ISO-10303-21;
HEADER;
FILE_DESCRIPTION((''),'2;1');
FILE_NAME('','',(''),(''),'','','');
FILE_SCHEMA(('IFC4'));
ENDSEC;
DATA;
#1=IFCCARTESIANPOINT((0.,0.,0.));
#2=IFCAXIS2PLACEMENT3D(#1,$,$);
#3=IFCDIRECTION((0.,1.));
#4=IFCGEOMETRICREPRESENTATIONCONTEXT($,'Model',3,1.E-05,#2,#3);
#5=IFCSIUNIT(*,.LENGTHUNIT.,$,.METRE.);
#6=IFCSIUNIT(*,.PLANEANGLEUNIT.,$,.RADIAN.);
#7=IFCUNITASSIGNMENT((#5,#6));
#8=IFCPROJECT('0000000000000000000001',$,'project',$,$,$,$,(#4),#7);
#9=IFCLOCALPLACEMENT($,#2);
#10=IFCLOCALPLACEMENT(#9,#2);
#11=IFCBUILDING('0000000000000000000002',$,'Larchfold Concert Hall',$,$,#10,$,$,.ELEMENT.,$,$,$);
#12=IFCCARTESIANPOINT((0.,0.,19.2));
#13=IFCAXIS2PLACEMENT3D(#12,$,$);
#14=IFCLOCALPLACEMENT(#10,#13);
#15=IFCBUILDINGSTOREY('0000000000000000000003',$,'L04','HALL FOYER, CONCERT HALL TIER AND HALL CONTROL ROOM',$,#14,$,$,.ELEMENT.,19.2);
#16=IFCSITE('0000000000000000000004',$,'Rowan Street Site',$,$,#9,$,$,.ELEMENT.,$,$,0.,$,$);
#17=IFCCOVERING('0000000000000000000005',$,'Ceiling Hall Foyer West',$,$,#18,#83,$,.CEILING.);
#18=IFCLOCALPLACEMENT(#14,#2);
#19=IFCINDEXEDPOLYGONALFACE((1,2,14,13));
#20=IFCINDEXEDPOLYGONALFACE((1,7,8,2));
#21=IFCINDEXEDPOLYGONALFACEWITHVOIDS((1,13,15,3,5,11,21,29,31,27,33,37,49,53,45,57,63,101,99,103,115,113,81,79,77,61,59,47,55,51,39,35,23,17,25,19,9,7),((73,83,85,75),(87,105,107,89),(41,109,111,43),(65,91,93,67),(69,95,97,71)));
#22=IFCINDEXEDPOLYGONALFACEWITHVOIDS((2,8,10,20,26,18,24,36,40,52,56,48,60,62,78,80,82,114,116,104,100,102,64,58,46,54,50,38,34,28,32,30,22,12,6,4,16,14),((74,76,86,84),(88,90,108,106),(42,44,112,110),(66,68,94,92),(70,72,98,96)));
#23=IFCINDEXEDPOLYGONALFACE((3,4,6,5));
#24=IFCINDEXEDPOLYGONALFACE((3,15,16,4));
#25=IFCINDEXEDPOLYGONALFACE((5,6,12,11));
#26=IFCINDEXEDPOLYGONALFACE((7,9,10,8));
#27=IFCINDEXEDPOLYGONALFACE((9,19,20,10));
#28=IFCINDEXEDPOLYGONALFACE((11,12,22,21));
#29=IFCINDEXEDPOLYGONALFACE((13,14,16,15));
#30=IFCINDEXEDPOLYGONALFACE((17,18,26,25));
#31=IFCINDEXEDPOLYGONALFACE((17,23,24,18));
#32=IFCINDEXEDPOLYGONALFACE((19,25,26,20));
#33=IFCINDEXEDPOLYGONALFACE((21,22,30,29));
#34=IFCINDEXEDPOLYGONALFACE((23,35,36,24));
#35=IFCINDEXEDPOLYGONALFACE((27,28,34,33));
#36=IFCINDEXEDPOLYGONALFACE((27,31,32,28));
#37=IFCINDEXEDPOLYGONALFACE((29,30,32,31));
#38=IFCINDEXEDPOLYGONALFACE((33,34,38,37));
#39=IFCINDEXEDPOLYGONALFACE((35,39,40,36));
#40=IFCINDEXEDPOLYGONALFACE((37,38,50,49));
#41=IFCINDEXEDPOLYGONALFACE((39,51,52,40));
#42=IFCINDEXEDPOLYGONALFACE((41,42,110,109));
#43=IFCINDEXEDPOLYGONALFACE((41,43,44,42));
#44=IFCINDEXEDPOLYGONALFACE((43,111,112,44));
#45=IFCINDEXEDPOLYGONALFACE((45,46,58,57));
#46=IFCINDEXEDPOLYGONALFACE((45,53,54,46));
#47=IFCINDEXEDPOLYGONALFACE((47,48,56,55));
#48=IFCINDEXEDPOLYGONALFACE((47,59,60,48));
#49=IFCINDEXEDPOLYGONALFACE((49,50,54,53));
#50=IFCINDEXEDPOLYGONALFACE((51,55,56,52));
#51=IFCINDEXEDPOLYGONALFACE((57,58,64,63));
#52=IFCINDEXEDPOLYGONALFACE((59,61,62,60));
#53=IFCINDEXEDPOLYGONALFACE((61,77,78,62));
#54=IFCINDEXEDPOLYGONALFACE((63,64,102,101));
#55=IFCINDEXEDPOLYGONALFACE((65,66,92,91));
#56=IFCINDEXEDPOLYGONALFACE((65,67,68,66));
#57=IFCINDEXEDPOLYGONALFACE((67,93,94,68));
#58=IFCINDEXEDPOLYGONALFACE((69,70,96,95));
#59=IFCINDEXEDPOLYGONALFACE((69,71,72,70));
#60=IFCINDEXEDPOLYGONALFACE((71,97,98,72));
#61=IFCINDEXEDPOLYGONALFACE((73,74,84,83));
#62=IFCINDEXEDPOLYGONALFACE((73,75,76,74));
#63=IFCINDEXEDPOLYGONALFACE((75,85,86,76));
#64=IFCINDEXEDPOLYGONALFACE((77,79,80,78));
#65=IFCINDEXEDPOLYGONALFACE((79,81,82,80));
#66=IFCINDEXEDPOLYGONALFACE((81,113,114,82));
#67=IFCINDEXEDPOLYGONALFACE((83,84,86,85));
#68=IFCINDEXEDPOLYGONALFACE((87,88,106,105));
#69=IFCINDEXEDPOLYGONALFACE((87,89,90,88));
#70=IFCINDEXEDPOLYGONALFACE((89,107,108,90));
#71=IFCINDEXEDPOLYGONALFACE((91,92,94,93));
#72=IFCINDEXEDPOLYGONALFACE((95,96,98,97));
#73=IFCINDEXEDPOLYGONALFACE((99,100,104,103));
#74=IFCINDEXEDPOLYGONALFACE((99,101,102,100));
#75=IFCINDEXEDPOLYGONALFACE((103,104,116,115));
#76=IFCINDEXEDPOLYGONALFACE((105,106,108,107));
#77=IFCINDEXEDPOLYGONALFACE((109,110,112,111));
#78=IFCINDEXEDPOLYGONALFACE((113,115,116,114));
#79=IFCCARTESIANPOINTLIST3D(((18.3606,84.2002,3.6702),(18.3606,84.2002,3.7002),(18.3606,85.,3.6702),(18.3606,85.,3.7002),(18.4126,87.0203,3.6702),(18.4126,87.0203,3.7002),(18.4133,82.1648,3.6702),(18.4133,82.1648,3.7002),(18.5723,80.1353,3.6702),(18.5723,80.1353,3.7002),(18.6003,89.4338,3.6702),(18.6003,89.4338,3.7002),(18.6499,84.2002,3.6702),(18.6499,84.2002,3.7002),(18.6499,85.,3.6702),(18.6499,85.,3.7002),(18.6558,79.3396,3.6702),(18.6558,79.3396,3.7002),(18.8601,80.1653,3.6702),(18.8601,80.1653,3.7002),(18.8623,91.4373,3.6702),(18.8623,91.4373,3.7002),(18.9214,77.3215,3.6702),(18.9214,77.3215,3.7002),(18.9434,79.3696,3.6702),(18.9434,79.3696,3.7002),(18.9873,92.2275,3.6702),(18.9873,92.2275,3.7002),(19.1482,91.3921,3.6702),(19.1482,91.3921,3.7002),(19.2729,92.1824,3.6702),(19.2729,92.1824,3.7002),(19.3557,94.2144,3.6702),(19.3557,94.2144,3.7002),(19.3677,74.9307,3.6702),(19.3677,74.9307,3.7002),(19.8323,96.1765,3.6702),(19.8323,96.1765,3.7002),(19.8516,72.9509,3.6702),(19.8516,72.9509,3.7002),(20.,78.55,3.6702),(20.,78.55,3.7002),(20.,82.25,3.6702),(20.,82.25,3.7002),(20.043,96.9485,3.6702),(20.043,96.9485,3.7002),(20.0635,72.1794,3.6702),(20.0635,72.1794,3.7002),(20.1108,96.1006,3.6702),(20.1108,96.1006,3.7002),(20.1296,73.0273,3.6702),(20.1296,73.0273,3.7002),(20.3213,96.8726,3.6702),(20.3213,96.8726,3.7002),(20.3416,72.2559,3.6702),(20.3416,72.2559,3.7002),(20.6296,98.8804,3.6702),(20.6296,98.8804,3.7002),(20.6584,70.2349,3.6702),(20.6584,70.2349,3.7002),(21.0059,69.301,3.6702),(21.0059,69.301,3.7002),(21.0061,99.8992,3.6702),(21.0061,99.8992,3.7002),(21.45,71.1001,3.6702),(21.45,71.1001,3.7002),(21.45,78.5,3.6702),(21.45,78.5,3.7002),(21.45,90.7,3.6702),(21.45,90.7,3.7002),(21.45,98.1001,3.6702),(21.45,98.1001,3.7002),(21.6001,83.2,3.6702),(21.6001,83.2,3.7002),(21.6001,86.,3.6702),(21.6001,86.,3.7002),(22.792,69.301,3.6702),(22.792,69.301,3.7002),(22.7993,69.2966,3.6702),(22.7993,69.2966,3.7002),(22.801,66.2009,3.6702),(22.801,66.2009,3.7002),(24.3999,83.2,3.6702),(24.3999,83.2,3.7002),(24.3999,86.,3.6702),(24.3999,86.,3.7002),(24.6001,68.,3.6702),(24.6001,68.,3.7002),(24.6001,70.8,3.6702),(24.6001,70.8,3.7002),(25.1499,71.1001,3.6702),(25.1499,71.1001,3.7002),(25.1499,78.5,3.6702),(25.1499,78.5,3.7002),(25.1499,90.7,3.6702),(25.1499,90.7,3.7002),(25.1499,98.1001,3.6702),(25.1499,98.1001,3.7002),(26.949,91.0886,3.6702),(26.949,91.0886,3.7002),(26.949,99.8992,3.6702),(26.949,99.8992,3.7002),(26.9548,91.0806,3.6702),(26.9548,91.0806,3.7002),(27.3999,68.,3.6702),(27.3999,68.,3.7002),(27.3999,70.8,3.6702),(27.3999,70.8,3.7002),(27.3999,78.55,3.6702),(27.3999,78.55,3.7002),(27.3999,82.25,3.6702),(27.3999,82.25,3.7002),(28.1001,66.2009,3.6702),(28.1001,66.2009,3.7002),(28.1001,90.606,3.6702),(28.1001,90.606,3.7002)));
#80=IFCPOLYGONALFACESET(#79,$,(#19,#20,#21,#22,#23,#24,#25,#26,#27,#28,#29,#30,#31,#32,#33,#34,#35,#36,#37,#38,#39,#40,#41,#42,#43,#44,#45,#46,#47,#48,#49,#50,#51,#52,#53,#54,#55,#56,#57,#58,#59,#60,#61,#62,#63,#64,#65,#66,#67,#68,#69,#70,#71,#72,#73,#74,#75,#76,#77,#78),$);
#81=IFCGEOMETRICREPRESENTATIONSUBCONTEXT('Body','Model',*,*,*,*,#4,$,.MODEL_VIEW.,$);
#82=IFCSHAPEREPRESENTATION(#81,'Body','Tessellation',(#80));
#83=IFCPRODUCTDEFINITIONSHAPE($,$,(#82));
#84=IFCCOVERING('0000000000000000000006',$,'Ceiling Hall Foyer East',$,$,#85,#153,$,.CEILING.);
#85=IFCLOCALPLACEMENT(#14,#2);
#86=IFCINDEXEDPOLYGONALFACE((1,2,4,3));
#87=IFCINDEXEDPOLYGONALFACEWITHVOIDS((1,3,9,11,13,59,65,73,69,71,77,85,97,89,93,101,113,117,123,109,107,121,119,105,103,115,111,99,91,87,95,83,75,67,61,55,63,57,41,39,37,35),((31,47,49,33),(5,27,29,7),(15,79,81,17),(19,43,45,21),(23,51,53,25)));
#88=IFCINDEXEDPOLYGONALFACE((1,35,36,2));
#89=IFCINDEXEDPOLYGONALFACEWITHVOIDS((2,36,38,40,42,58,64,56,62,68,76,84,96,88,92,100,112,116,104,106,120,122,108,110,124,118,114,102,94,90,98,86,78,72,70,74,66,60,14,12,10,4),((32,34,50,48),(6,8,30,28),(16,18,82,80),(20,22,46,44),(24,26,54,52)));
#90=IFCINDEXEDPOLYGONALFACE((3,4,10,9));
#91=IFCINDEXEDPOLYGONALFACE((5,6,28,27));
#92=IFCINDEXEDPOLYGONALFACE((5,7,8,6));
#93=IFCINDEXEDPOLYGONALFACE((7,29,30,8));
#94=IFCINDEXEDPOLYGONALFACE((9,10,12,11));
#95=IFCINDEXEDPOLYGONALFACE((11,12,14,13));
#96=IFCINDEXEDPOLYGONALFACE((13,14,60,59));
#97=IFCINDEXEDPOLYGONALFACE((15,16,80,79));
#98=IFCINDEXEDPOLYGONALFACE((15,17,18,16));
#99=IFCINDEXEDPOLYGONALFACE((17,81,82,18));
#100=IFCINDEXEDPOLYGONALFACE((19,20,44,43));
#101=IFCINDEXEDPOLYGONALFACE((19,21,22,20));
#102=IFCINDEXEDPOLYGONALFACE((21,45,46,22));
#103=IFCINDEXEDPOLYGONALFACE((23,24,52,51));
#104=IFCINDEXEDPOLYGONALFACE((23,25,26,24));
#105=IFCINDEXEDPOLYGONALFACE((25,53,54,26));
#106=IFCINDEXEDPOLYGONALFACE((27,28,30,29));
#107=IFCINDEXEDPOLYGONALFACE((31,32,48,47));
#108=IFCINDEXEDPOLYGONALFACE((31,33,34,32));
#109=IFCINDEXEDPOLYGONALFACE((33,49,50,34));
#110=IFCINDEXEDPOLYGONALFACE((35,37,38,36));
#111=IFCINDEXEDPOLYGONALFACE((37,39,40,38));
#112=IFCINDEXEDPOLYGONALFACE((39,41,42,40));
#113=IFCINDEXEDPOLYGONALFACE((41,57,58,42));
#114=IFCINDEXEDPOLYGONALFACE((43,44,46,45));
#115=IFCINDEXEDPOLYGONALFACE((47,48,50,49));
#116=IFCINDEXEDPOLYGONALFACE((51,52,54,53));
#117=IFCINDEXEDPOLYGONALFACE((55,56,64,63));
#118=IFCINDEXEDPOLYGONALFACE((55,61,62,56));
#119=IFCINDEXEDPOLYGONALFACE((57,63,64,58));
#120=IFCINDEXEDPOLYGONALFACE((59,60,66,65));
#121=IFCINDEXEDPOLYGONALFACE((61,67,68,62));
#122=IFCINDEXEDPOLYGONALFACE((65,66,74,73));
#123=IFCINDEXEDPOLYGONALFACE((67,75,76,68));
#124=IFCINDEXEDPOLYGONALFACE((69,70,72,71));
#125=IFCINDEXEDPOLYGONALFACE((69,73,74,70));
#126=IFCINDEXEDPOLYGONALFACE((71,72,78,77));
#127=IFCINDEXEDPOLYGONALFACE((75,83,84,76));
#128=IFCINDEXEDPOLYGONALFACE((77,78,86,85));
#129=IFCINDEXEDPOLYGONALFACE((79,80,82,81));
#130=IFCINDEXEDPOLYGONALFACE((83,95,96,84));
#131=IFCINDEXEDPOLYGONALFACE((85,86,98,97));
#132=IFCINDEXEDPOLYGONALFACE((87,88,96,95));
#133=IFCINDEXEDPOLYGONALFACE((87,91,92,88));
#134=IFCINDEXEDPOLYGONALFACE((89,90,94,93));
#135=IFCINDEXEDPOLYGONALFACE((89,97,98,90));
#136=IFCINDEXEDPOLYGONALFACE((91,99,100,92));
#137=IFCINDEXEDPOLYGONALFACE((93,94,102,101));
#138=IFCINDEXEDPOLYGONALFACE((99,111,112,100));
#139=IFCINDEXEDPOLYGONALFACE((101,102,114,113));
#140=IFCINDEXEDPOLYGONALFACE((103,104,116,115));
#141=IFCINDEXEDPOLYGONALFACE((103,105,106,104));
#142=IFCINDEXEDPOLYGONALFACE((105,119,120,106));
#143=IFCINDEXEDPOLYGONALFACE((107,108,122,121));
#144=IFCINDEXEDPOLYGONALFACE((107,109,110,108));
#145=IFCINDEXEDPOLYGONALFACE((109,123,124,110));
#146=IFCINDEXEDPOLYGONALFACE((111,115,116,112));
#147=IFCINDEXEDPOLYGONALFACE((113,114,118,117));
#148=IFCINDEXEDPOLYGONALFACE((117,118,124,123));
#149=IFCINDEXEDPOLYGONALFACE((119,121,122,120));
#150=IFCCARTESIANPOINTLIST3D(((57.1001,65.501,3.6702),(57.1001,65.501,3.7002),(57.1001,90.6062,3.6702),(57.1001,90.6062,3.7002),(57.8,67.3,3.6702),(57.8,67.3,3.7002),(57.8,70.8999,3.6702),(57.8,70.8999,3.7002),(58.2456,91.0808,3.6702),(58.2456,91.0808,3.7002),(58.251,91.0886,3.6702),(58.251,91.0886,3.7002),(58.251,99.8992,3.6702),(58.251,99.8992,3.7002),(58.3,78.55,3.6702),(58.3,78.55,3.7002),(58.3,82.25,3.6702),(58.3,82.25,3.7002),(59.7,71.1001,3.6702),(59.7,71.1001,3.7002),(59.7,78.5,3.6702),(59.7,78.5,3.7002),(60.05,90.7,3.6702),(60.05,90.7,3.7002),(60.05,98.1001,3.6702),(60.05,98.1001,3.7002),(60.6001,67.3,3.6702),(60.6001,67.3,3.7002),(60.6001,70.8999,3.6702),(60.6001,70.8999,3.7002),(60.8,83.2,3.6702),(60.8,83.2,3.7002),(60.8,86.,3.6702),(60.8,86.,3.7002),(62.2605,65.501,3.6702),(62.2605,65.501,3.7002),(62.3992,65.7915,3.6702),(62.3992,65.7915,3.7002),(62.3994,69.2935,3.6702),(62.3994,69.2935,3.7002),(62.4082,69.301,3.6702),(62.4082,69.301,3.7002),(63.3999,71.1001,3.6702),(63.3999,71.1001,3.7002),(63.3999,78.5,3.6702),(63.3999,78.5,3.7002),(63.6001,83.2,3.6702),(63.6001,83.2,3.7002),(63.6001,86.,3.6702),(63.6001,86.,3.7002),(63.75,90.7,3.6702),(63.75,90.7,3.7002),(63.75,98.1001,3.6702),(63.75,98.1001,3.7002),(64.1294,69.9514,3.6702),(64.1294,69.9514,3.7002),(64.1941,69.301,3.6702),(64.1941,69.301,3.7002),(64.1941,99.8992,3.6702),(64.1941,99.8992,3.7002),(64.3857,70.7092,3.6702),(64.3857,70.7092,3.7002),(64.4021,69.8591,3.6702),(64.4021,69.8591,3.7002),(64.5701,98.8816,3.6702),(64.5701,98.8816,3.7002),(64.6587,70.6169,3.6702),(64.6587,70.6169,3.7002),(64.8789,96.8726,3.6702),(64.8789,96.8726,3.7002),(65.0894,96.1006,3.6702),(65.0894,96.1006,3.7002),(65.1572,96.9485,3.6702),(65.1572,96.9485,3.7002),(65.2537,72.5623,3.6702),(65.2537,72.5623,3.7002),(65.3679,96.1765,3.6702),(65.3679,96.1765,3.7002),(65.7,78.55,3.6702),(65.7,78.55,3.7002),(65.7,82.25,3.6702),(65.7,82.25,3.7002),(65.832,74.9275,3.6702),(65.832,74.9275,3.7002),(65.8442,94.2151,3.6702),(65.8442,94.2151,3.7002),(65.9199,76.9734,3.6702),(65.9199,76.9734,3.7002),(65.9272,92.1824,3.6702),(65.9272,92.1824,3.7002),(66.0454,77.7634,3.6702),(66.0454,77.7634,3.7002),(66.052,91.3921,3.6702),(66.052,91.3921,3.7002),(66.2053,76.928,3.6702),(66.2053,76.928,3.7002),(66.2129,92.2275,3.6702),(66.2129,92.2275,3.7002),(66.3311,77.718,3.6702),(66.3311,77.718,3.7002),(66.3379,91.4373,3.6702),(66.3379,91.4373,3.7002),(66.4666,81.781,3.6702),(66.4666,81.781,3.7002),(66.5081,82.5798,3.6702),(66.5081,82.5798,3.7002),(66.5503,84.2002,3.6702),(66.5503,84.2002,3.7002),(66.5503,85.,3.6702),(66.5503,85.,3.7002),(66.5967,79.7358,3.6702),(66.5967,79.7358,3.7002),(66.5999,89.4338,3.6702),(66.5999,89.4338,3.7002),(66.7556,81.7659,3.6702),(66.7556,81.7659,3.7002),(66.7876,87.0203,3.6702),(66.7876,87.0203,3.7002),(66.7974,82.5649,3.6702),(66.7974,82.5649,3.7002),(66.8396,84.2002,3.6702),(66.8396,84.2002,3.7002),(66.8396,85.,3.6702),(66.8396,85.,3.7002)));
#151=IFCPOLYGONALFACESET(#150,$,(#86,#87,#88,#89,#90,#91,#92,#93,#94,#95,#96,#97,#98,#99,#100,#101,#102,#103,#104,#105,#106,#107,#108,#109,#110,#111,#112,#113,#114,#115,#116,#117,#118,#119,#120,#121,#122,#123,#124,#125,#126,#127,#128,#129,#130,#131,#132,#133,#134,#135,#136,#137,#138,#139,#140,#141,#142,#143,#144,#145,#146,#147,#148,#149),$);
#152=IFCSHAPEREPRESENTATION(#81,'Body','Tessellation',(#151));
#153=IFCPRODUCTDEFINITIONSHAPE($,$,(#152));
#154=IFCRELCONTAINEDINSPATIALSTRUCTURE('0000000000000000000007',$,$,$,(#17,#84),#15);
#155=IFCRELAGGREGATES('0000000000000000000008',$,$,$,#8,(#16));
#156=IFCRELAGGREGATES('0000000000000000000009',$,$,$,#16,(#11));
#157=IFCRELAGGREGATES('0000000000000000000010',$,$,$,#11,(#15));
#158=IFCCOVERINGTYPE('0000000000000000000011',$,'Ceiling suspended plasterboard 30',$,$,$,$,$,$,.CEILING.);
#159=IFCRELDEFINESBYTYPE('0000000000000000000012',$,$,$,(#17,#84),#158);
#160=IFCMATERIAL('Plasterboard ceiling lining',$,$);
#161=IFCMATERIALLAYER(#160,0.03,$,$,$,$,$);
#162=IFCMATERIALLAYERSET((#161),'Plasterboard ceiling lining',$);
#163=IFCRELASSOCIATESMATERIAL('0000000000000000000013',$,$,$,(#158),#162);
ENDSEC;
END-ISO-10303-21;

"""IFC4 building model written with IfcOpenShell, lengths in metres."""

from ifc_helpers import new_model, si_unit, direction, frame, origin, place, context, subcontext, project, spatial, polyline, outline, extrude, material, layer, layer_set, type_object, element, save


model = new_model("IFC4")

# Units and contexts
model_context = context("Model", 3, precision=1e-05, world=origin(), true_north=direction((0.0, 1.0)))
body_context = subcontext(model_context, "Body", "Model", "MODEL_VIEW")
ifc_project = project(units=[si_unit("LENGTHUNIT", "METRE"), si_unit("PLANEANGLEUNIT", "RADIAN")], contexts=[model_context])

# Site, building, storey
site_placement = place(None, origin())
site = spatial("IfcSite", under=ifc_project, at=site_placement, Name="Rowan Street Site", CompositionType="ELEMENT", RefElevation=0.0)
building_placement = place(site_placement, origin())
building = spatial("IfcBuilding", under=site, at=building_placement, Name="Larchfold Concert Hall", CompositionType="ELEMENT")
storey_placement = place(building_placement, frame((0.0, 0.0, 19.2)))
storey = spatial("IfcBuildingStorey", under=building, at=storey_placement, Name="L04", Description="HALL FOYER, CONCERT HALL TIER AND HALL CONTROL ROOM", CompositionType="ELEMENT", Elevation=19.2)

# Coverings
ifc_material_1 = material(Name="Plasterboard ceiling lining")
ifc_layer_1 = layer(ifc_material_1, 0.03)
ifc_layer_set_1 = layer_set([ifc_layer_1], Name="Plasterboard ceiling lining")
covering_type_1 = type_object("IfcCoveringType", Name="Ceiling suspended plasterboard 30", PredefinedType="CEILING", material=ifc_layer_set_1)
covering_1_placement = place(storey_placement, frame((0.0, 0.0, 3.6702)))
element("IfcCovering", 1, at=covering_1_placement, inside=storey, type_object=covering_type_1, Name="Ceiling Hall Foyer West", PredefinedType="CEILING", context=body_context, shape_type="SweptSolid", body=[
    extrude(outline(polyline([(18.4133, 82.1648), (18.5723, 80.1353), (18.8601, 80.1653), (18.9434, 79.3696), (18.6558, 79.3396), (18.9214, 77.3215), (19.3677, 74.9307), (19.8516, 72.9509), (20.1296, 73.0273), (20.3416, 72.2559), (20.0635, 72.1794), (20.6584, 70.2349), (21.0059, 69.301), (22.792, 69.301), (22.7993, 69.2966), (22.801, 66.2009), (28.1001, 66.2009), (28.1001, 90.606), (26.9548, 91.0806), (26.949, 91.0886), (26.949, 99.8992), (21.0061, 99.8992), (20.6296, 98.8804), (20.043, 96.9485), (20.3213, 96.8726), (20.1108, 96.1006), (19.8323, 96.1765), (19.3557, 94.2144), (18.9873, 92.2275), (19.2729, 92.1824), (19.1482, 91.3921), (18.8623, 91.4373), (18.6003, 89.4338), (18.4126, 87.0203), (18.3606, 85.0), (18.6499, 85.0), (18.6499, 84.2002), (18.3606, 84.2002), (18.4133, 82.1648)]), holes=[polyline([(20.0, 78.55), (20.0, 82.25), (27.3999, 82.25), (27.3999, 78.55), (20.0, 78.55)]), polyline([(24.6001, 68.0), (24.6001, 70.8), (27.3999, 70.8), (27.3999, 68.0), (24.6001, 68.0)]), polyline([(21.45, 71.1001), (21.45, 78.5), (25.1499, 78.5), (25.1499, 71.1001), (21.45, 71.1001)]), polyline([(21.45, 90.7), (21.45, 98.1001), (25.1499, 98.1001), (25.1499, 90.7), (21.45, 90.7)]), polyline([(21.6001, 83.2), (21.6001, 86.0), (24.3999, 86.0), (24.3999, 83.2), (21.6001, 83.2)])]), origin(), (0.0, 0.0, 1.0), 0.03),
])
covering_2_placement = place(storey_placement, frame((0.0, 0.0, 3.6702)))
element("IfcCovering", 2, at=covering_2_placement, inside=storey, type_object=covering_type_1, Name="Ceiling Hall Foyer East", PredefinedType="CEILING", context=body_context, shape_type="SweptSolid", body=[
    extrude(outline(polyline([(58.2456, 91.0808), (57.1001, 90.6062), (57.1001, 65.501), (62.2605, 65.501), (62.3992, 65.7915), (62.3994, 69.2935), (62.4082, 69.301), (64.1941, 69.301), (64.4021, 69.8591), (64.1294, 69.9514), (64.3857, 70.7092), (64.6587, 70.6169), (65.2537, 72.5623), (65.832, 74.9275), (66.2053, 76.928), (65.9199, 76.9734), (66.0454, 77.7634), (66.3311, 77.718), (66.5967, 79.7358), (66.7556, 81.7659), (66.4666, 81.781), (66.5081, 82.5798), (66.7974, 82.5649), (66.8396, 84.2002), (66.5503, 84.2002), (66.5503, 85.0), (66.8396, 85.0), (66.7876, 87.0203), (66.5999, 89.4338), (66.3379, 91.4373), (66.052, 91.3921), (65.9272, 92.1824), (66.2129, 92.2275), (65.8442, 94.2151), (65.3679, 96.1765), (65.0894, 96.1006), (64.8789, 96.8726), (65.1572, 96.9485), (64.5701, 98.8816), (64.1941, 99.8992), (58.251, 99.8992), (58.251, 91.0886), (58.2456, 91.0808)]), holes=[polyline([(58.3, 82.25), (65.7, 82.25), (65.7, 78.55), (58.3, 78.55), (58.3, 82.25)]), polyline([(60.05, 90.7), (60.05, 98.1001), (63.75, 98.1001), (63.75, 90.7), (60.05, 90.7)]), polyline([(60.8, 86.0), (63.6001, 86.0), (63.6001, 83.2), (60.8, 83.2), (60.8, 86.0)]), polyline([(59.7, 78.5), (63.3999, 78.5), (63.3999, 71.1001), (59.7, 71.1001), (59.7, 78.5)]), polyline([(57.8, 67.3), (57.8, 70.8999), (60.6001, 70.8999), (60.6001, 67.3), (57.8, 67.3)])]), origin(), (0.0, 0.0, 1.0), 0.03),
])

save(model, "model.ifc")
